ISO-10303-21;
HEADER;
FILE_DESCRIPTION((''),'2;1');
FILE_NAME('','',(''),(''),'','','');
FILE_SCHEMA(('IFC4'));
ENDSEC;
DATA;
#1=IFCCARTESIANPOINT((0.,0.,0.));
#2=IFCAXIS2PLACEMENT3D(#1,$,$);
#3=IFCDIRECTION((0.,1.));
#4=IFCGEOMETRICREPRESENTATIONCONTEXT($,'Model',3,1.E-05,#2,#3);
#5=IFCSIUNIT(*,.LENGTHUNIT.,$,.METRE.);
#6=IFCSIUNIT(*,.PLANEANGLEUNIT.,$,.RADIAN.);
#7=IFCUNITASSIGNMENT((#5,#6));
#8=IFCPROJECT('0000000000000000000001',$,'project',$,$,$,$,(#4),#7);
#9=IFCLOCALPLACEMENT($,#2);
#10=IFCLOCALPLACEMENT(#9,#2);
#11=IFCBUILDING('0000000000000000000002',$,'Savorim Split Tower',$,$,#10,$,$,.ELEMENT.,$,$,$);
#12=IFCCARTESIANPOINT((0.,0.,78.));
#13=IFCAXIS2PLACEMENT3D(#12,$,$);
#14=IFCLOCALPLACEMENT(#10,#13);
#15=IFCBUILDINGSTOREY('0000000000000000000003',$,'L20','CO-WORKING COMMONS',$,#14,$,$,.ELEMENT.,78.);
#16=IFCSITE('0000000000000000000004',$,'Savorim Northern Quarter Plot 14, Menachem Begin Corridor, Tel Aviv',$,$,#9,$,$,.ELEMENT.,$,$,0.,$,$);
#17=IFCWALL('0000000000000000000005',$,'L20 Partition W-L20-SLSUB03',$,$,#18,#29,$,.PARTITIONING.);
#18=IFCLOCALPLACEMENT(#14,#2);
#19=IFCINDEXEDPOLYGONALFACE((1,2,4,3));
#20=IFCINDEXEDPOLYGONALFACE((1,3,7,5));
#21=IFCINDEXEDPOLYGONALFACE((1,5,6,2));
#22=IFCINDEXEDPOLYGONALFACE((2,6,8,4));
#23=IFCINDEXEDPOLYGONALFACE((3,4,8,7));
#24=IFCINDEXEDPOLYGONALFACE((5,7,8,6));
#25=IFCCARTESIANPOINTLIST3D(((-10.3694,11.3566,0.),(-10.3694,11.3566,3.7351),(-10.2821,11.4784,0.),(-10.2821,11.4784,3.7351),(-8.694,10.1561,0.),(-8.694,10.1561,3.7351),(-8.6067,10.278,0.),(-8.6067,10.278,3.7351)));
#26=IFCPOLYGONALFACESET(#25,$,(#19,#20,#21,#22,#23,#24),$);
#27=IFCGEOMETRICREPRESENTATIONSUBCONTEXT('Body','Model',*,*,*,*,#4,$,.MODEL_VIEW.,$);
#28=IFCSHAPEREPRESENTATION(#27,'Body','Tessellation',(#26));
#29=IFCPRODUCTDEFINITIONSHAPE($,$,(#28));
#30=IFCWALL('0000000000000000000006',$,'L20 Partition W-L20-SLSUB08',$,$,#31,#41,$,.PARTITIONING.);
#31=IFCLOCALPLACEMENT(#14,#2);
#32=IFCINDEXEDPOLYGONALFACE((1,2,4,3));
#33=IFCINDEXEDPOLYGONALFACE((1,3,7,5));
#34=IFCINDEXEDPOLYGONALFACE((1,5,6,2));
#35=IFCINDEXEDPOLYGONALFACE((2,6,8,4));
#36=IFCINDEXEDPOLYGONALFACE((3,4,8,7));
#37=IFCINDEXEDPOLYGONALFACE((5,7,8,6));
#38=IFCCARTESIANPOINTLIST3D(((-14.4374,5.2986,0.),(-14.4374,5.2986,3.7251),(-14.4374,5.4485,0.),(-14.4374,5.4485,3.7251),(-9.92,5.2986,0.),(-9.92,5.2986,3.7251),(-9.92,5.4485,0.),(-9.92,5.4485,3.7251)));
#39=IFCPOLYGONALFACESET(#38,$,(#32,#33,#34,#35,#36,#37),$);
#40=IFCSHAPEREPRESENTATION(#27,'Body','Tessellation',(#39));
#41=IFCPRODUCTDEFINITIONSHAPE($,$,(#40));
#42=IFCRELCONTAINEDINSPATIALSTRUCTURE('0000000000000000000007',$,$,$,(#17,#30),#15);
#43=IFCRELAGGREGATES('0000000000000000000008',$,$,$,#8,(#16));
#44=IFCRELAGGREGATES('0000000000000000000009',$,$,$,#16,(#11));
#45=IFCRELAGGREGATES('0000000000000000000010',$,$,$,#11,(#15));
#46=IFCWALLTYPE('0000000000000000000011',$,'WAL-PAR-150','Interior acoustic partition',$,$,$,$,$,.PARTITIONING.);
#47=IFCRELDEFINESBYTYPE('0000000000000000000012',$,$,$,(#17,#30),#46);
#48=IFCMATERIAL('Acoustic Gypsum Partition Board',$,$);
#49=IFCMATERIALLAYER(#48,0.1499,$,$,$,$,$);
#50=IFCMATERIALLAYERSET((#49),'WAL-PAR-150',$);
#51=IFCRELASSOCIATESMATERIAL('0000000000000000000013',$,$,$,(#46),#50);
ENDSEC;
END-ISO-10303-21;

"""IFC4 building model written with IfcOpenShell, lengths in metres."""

from ifc_helpers import new_model, si_unit, direction, frame, frame_2d, origin, place, context, subcontext, project, spatial, rectangle, extrude, material, layer, layer_set, type_object, element, save


model = new_model("IFC4")

# Units and contexts
model_context = context("Model", 3, precision=1e-05, world=origin(), true_north=direction((0.0, 1.0)))
body_context = subcontext(model_context, "Body", "Model", "MODEL_VIEW")
ifc_project = project(units=[si_unit("LENGTHUNIT", "METRE"), si_unit("PLANEANGLEUNIT", "RADIAN")], contexts=[model_context])

# Site, building, storey
site_placement = place(None, origin())
site = spatial("IfcSite", under=ifc_project, at=site_placement, Name="Savorim Northern Quarter Plot 14, Menachem Begin Corridor, Tel Aviv", CompositionType="ELEMENT", RefElevation=0.0)
building_placement = place(site_placement, origin())
building = spatial("IfcBuilding", under=site, at=building_placement, Name="Savorim Split Tower", CompositionType="ELEMENT")
storey_placement = place(building_placement, frame((0.0, 0.0, 78.0)))
storey = spatial("IfcBuildingStorey", under=building, at=storey_placement, Name="L20", Description="CO-WORKING COMMONS", CompositionType="ELEMENT", Elevation=78.0)

# Shared definitions
ifc_material_1 = material(Name="Acoustic Gypsum Partition Board")
ifc_layer_1 = layer(ifc_material_1, 0.1499)
ifc_layer_set_1 = layer_set([ifc_layer_1], Name="WAL-PAR-150")
wall_type_1 = type_object("IfcWallType", Name="WAL-PAR-150", Description="Interior acoustic partition", PredefinedType="PARTITIONING", material=ifc_layer_set_1)

# Walls
wall_1_placement = place(storey_placement, frame((-8.6504, 10.217, 0.0), z_axis=(0.0, 0.0, 1.0), x_axis=(-0.81286, 0.582459, 0.0)))
element("IfcWall", 1, at=wall_1_placement, inside=storey, type_object=wall_type_1, Name="L20 Partition W-L20-SLSUB03", PredefinedType="PARTITIONING", context=body_context, shape_type="SweptSolid", body=[
    extrude(rectangle(XDim=2.061, YDim=0.1499, at=frame_2d((1.0305, 0.0))), origin(), (0.0, 0.0, 1.0), 3.7351),
])
wall_2_placement = place(storey_placement, frame((-9.9199, 5.3735, 0.0), z_axis=(0.0, 0.0, 1.0), x_axis=(-1.0, 0.0, 0.0)))
element("IfcWall", 2, at=wall_2_placement, inside=storey, type_object=wall_type_1, Name="L20 Partition W-L20-SLSUB08", PredefinedType="PARTITIONING", context=body_context, shape_type="SweptSolid", body=[
    extrude(rectangle(XDim=4.5173, YDim=0.1499, at=frame_2d((2.2588, 0.0))), origin(), (0.0, 0.0, 1.0), 3.7251),
])

save(model, "model.ifc")
